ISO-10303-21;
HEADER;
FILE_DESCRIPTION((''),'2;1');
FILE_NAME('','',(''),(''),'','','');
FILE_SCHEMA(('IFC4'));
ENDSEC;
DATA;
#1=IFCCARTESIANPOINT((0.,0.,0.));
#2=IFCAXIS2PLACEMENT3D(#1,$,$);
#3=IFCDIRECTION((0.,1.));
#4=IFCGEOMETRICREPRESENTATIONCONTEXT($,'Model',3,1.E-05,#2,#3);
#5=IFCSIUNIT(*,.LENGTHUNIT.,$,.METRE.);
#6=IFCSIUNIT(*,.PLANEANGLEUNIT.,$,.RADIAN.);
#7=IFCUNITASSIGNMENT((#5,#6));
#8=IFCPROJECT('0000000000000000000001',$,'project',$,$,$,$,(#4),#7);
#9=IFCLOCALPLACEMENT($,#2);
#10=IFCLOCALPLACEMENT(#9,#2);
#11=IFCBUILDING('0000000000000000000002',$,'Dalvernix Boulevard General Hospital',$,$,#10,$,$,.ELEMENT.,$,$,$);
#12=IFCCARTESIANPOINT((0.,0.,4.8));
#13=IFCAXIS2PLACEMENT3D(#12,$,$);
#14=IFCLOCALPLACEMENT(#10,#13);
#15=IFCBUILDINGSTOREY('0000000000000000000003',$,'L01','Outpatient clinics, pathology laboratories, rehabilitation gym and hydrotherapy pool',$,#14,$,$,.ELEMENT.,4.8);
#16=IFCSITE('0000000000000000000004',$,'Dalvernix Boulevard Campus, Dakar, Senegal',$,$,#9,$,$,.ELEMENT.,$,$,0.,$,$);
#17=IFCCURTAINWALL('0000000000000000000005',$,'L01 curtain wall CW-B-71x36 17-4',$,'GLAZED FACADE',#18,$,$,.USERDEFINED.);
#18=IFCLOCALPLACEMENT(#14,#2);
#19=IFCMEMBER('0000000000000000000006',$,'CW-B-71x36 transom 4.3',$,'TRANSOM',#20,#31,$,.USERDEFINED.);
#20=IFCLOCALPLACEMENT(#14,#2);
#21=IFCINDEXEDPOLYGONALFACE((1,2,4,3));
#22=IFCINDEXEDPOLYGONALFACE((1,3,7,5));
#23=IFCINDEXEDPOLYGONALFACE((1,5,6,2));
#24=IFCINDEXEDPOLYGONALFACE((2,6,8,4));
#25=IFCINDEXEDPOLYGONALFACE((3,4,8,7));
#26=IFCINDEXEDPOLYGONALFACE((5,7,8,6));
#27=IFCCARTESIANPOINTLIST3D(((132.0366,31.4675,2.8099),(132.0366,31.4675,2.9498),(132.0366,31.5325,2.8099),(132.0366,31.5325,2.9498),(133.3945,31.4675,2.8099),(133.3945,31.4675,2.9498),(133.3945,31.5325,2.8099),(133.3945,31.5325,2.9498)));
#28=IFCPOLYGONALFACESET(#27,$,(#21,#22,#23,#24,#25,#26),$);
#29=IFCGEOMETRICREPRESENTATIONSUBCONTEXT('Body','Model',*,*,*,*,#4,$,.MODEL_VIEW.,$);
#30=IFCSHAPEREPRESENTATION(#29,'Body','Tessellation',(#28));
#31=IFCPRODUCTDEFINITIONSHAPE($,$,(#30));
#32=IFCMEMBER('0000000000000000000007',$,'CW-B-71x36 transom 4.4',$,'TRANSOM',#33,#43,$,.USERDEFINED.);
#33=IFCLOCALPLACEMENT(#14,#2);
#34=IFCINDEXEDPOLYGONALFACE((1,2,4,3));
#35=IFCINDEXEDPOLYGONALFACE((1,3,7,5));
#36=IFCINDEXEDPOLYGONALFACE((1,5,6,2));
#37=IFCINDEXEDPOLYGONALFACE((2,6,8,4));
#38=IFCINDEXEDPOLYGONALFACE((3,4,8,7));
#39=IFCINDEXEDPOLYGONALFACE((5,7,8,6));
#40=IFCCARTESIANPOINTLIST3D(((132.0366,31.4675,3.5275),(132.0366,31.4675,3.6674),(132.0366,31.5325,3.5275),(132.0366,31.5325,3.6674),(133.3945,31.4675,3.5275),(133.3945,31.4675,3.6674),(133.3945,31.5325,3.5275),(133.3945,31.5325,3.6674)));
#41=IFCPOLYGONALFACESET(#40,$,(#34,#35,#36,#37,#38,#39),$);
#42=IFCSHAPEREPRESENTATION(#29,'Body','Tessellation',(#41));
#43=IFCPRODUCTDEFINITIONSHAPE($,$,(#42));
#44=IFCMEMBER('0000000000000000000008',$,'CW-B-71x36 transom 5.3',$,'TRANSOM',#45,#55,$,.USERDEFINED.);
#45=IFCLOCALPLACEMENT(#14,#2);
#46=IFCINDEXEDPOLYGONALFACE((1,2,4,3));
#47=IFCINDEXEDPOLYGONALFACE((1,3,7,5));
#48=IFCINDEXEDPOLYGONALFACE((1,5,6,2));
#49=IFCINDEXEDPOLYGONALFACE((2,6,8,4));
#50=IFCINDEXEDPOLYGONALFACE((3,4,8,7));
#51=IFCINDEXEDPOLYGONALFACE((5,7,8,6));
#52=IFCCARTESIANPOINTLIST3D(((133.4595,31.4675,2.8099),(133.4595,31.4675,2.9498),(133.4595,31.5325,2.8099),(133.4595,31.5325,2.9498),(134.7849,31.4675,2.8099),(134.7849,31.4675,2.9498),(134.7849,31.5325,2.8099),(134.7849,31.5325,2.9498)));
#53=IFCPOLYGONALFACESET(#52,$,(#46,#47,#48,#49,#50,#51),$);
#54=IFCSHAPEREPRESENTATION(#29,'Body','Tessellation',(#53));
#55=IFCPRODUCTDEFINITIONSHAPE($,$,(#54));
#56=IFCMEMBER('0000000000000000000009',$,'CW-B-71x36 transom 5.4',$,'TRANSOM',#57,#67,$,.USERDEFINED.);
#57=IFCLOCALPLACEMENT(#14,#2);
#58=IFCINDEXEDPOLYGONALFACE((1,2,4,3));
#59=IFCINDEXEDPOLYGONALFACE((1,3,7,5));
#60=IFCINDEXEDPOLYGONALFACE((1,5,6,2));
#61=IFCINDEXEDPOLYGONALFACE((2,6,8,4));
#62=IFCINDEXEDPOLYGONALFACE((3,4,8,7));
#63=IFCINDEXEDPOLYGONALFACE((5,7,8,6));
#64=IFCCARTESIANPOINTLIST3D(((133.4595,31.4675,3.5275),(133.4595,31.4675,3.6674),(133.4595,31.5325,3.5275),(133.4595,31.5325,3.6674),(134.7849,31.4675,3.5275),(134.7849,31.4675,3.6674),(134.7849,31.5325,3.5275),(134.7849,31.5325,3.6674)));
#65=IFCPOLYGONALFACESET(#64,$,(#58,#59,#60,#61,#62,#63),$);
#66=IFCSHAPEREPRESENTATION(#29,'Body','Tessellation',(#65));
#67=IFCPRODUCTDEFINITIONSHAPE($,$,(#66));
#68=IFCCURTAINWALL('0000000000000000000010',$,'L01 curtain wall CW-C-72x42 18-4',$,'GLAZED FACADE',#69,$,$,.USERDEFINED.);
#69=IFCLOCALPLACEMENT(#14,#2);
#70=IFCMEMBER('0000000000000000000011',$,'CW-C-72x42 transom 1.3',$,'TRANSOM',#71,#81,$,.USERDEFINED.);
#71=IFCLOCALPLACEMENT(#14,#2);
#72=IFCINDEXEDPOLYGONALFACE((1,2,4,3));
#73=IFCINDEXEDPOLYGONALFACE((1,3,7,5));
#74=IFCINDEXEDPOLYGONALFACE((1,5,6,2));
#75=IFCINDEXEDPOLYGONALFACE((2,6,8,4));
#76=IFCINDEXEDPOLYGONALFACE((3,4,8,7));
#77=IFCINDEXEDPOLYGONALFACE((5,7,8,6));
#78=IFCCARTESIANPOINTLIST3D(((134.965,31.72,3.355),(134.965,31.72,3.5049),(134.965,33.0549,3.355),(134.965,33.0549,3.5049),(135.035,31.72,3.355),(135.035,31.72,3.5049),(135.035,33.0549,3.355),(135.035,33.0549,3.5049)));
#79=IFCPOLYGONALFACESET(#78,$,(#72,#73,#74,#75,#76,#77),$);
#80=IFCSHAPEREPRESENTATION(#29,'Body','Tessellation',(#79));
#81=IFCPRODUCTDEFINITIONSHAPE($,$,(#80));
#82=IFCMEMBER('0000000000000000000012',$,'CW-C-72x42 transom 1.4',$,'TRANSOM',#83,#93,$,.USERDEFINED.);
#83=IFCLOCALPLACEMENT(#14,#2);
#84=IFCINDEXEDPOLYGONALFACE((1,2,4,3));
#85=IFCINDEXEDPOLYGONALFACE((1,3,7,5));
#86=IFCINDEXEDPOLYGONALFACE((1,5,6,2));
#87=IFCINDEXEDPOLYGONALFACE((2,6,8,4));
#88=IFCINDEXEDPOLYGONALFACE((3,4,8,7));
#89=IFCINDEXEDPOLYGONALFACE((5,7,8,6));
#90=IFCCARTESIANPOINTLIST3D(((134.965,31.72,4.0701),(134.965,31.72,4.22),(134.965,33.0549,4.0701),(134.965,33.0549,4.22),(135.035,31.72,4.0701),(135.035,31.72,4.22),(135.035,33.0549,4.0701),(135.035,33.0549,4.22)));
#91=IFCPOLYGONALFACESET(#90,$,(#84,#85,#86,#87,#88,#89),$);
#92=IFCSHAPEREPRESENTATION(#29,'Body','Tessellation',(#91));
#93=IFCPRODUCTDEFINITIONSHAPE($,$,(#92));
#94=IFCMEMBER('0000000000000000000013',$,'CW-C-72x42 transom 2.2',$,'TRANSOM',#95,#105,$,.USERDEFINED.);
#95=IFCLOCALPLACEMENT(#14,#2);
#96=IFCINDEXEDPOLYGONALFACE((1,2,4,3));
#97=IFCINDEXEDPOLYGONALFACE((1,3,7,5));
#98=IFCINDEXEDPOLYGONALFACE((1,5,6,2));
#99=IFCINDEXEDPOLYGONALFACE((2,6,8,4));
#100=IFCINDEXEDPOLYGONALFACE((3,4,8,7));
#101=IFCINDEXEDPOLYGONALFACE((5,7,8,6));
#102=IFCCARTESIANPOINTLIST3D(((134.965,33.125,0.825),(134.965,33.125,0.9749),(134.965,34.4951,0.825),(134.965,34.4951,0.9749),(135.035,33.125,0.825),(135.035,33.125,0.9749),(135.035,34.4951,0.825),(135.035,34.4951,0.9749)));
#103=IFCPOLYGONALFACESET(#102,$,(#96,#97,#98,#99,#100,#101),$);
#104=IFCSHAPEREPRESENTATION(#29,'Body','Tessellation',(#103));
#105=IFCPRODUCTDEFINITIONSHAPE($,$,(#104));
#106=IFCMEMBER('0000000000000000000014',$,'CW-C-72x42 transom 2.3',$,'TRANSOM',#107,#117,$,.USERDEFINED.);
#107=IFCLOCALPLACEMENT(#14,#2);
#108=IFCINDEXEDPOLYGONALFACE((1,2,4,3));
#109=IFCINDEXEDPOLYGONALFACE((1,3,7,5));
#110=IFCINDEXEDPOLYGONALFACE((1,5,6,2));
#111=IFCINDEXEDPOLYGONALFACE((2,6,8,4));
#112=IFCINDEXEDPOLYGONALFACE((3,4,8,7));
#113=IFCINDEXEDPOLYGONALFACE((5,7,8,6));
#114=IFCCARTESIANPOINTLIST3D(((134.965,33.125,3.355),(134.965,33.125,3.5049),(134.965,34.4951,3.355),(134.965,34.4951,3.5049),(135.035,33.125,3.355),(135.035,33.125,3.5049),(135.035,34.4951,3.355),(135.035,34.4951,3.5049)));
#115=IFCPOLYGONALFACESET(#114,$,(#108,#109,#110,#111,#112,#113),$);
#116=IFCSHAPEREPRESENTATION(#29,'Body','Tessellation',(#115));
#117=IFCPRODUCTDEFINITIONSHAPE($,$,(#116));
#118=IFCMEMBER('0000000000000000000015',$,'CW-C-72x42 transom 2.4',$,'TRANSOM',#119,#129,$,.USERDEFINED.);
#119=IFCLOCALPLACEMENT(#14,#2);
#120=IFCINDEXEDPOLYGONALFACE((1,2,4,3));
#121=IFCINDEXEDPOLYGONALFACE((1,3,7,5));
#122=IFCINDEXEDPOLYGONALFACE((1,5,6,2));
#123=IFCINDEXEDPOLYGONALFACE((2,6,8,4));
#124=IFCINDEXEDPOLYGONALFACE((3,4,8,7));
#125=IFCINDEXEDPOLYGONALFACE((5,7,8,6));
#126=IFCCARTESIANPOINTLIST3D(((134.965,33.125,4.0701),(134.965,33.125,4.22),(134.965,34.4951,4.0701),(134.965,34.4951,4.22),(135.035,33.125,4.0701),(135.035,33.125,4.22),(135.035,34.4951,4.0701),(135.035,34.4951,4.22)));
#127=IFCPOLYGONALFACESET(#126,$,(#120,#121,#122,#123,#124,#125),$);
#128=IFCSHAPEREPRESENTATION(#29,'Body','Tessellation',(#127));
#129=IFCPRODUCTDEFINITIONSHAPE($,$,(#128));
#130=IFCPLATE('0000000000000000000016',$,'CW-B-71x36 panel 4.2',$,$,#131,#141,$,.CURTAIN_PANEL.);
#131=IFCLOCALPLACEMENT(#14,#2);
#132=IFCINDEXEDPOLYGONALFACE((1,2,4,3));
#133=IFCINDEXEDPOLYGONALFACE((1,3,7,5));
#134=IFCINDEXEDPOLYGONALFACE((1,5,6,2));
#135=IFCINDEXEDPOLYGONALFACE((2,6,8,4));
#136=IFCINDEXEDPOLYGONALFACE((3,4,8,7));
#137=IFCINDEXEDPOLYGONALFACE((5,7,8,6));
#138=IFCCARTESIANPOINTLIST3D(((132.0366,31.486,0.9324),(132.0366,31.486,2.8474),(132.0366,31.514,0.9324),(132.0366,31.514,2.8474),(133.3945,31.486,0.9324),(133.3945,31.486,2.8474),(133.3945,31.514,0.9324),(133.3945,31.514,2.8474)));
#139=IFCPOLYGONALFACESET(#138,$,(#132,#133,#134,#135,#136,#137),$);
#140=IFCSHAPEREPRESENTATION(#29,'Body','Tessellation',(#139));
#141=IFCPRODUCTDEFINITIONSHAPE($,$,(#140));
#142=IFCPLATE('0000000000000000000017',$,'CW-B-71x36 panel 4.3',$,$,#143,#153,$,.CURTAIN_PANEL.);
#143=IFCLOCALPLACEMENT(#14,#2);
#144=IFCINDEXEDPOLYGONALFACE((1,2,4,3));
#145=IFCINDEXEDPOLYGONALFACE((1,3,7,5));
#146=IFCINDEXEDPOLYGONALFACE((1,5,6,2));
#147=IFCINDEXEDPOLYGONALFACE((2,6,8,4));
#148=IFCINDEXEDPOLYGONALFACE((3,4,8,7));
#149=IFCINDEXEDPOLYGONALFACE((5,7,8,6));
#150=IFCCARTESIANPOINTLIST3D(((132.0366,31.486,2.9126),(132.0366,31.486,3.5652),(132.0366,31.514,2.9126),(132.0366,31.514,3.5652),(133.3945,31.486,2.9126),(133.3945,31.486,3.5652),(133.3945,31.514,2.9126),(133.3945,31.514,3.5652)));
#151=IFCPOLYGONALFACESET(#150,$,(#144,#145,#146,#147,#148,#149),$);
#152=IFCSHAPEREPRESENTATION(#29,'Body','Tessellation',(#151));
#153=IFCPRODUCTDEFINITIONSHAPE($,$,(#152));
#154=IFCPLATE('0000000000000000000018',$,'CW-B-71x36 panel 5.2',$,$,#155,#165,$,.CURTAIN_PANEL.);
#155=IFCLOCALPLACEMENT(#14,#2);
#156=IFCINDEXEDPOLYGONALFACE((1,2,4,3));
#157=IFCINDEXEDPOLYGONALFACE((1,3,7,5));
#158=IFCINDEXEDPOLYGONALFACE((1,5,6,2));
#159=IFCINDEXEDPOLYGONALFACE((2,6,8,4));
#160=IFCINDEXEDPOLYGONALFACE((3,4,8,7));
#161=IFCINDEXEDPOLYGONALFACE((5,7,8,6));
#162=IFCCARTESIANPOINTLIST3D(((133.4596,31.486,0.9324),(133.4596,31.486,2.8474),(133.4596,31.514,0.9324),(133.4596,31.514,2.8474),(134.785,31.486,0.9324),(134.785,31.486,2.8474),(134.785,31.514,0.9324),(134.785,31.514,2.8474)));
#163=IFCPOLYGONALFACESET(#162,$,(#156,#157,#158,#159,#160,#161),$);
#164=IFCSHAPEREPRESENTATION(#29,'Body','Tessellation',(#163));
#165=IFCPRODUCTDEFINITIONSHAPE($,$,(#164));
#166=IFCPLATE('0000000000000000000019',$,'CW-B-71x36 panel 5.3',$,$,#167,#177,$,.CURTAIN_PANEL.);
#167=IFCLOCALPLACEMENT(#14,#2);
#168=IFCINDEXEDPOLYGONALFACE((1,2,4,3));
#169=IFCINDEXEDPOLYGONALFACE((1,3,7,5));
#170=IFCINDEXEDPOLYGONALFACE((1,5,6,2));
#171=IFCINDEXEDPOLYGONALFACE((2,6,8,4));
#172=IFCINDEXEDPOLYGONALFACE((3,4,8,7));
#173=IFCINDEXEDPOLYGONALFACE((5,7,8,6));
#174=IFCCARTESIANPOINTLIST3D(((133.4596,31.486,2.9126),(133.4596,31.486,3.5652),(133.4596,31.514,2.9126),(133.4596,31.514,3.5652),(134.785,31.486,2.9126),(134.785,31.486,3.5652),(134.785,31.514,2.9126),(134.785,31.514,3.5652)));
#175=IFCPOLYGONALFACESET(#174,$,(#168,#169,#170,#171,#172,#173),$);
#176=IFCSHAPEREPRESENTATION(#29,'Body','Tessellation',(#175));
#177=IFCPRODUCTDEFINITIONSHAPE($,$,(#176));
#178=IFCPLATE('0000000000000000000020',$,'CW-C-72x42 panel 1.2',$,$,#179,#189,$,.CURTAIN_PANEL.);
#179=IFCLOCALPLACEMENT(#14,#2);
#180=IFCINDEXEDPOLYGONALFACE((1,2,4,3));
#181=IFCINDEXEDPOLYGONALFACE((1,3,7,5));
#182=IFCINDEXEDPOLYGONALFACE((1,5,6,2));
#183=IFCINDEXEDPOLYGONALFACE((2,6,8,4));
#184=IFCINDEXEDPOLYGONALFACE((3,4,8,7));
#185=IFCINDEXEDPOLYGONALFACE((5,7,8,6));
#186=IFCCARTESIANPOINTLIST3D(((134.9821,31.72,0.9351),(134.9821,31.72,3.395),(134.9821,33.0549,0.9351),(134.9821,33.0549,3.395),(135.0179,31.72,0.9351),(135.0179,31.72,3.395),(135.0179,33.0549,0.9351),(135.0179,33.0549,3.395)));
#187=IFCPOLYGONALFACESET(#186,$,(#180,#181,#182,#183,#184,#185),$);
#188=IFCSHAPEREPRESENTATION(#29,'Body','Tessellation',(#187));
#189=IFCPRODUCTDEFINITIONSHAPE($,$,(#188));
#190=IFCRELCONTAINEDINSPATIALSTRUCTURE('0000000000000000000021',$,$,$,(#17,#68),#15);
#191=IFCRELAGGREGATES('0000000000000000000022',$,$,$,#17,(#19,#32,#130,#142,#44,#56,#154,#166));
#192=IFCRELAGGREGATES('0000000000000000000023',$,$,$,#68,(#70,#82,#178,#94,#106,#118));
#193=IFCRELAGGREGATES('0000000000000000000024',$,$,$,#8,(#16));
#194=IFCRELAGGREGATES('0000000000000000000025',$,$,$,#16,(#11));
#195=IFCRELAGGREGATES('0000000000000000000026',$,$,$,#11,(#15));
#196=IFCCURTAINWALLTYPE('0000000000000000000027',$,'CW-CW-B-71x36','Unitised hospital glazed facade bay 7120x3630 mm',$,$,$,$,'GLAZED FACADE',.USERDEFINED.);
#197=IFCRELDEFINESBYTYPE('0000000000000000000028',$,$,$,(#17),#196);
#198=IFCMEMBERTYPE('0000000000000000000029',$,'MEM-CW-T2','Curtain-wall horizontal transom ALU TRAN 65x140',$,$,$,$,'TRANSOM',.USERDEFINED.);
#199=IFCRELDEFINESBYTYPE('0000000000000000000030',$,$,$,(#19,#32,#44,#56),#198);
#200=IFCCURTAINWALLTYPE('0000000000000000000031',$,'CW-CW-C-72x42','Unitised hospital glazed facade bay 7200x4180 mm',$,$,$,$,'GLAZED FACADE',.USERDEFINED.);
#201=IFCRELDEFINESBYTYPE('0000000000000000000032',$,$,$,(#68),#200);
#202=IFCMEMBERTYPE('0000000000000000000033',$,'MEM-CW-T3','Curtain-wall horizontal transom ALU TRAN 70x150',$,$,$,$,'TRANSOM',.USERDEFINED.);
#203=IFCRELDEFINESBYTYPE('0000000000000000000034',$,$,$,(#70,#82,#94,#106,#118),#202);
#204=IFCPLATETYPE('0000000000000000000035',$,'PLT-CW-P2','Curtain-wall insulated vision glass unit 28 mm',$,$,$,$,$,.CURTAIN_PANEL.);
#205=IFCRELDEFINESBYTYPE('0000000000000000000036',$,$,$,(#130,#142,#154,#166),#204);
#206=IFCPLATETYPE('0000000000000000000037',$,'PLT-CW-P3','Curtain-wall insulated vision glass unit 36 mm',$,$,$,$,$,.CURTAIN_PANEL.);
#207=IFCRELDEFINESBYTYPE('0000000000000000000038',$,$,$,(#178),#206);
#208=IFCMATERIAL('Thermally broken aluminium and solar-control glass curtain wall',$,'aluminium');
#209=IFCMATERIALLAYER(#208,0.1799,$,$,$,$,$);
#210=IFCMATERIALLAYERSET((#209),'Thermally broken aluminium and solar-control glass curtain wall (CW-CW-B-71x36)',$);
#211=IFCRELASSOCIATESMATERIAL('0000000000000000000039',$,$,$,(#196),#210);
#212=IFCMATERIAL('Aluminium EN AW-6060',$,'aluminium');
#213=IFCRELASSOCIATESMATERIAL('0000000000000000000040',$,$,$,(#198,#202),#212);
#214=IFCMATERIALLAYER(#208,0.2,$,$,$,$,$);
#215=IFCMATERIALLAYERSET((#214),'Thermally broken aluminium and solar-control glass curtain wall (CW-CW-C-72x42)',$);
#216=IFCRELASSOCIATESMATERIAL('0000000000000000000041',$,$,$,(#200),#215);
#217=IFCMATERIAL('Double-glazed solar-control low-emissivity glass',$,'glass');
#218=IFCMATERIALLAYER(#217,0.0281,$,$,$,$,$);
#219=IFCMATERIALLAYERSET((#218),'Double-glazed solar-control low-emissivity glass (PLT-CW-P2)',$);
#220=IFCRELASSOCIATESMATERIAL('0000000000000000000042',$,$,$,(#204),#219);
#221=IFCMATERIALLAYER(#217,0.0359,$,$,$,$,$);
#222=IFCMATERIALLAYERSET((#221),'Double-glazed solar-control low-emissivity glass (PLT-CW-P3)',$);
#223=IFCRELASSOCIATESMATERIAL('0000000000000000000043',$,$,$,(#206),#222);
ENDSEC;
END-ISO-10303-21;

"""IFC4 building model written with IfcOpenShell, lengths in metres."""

from ifc_helpers import new_model, si_unit, direction, frame, origin, origin_2d, place, context, subcontext, project, spatial, rectangle, extrude, material, layer, layer_set, material_profile, profile_set, type_object, element, aggregate, save


model = new_model("IFC4")

# Units and contexts
model_context = context("Model", 3, precision=1e-05, world=origin(), true_north=direction((0.0, 1.0)))
body_context = subcontext(model_context, "Body", "Model", "MODEL_VIEW")
ifc_project = project(units=[si_unit("LENGTHUNIT", "METRE"), si_unit("PLANEANGLEUNIT", "RADIAN")], contexts=[model_context])

# Site, building, storey
site_placement = place(None, origin())
site = spatial("IfcSite", under=ifc_project, at=site_placement, Name="Dalvernix Boulevard Campus, Dakar, Senegal", CompositionType="ELEMENT", RefElevation=0.0)
building_placement = place(site_placement, origin())
building = spatial("IfcBuilding", under=site, at=building_placement, Name="Dalvernix Boulevard General Hospital", CompositionType="ELEMENT")
storey_placement = place(building_placement, frame((0.0, 0.0, 4.8)))
storey = spatial("IfcBuildingStorey", under=building, at=storey_placement, Name="L01", Description="Outpatient clinics, pathology laboratories, rehabilitation gym and hydrotherapy pool", CompositionType="ELEMENT", Elevation=4.8)

# Curtain walls, members
ifc_material_1 = material(Name="Thermally broken aluminium and solar-control glass curtain wall", Category="aluminium")
ifc_layer_1 = layer(ifc_material_1, 0.1799)
ifc_layer_set_1 = layer_set([ifc_layer_1], Name="Thermally broken aluminium and solar-control glass curtain wall (CW-CW-B-71x36)")
curtain_wall_type_1 = type_object("IfcCurtainWallType", Name="CW-CW-B-71x36", Description="Unitised hospital glazed facade bay 7120x3630 mm", ElementType="GLAZED FACADE", PredefinedType="USERDEFINED", material=ifc_layer_set_1)
curtain_wall_1_placement = place(storey_placement, origin())
curtain_wall_1 = element("IfcCurtainWall", 1, at=curtain_wall_1_placement, inside=storey, type_object=curtain_wall_type_1, Name="L01 curtain wall CW-B-71x36 17-4", ObjectType="GLAZED FACADE", PredefinedType="USERDEFINED")
ifc_material_2 = material(Name="Aluminium EN AW-6060", Category="aluminium")
ifc_material_profile_1 = material_profile(ifc_material_2, rectangle(XDim=0.0649, YDim=0.1399, at=origin_2d()), Name="ALU TRAN 65x140")
ifc_profile_set_1 = profile_set([ifc_material_profile_1], Name="Aluminium EN AW-6060")
member_type_1 = type_object("IfcMemberType", Name="MEM-CW-T2", Description="Curtain-wall horizontal transom ALU TRAN 65x140", ElementType="TRANSOM", PredefinedType="USERDEFINED", material=ifc_profile_set_1)
member_1_placement = place(storey_placement, frame((132.0366, 31.5, 2.8799), z_axis=(1.0, 0.0, 0.0), x_axis=(0.0, 1.0, 0.0)))
member_1 = element("IfcMember", 2, at=member_1_placement, type_object=member_type_1, Name="CW-B-71x36 transom 4.3", ObjectType="TRANSOM", PredefinedType="USERDEFINED", context=body_context, shape_type="SweptSolid", body=[
    extrude(rectangle(XDim=0.0649, YDim=0.1399, at=origin_2d()), origin(), (0.0, 0.0, 1.0), 1.3579),
])
member_2_placement = place(storey_placement, frame((132.0366, 31.5, 3.5974), z_axis=(1.0, 0.0, 0.0), x_axis=(0.0, 1.0, 0.0)))
member_2 = element("IfcMember", 3, at=member_2_placement, type_object=member_type_1, Name="CW-B-71x36 transom 4.4", ObjectType="TRANSOM", PredefinedType="USERDEFINED", context=body_context, shape_type="SweptSolid", body=[
    extrude(rectangle(XDim=0.0649, YDim=0.1399, at=origin_2d()), origin(), (0.0, 0.0, 1.0), 1.3579),
])
member_3_placement = place(storey_placement, frame((133.4595, 31.5, 2.8799), z_axis=(1.0, 0.0, 0.0), x_axis=(0.0, 1.0, 0.0)))
member_3 = element("IfcMember", 4, at=member_3_placement, type_object=member_type_1, Name="CW-B-71x36 transom 5.3", ObjectType="TRANSOM", PredefinedType="USERDEFINED", context=body_context, shape_type="SweptSolid", body=[
    extrude(rectangle(XDim=0.0649, YDim=0.1399, at=origin_2d()), origin(), (0.0, 0.0, 1.0), 1.3254),
])
member_4_placement = place(storey_placement, frame((133.4595, 31.5, 3.5974), z_axis=(1.0, 0.0, 0.0), x_axis=(0.0, 1.0, 0.0)))
member_4 = element("IfcMember", 5, at=member_4_placement, type_object=member_type_1, Name="CW-B-71x36 transom 5.4", ObjectType="TRANSOM", PredefinedType="USERDEFINED", context=body_context, shape_type="SweptSolid", body=[
    extrude(rectangle(XDim=0.0649, YDim=0.1399, at=origin_2d()), origin(), (0.0, 0.0, 1.0), 1.3254),
])
ifc_layer_2 = layer(ifc_material_1, 0.2)
ifc_layer_set_2 = layer_set([ifc_layer_2], Name="Thermally broken aluminium and solar-control glass curtain wall (CW-CW-C-72x42)")
curtain_wall_type_2 = type_object("IfcCurtainWallType", Name="CW-CW-C-72x42", Description="Unitised hospital glazed facade bay 7200x4180 mm", ElementType="GLAZED FACADE", PredefinedType="USERDEFINED", material=ifc_layer_set_2)
curtain_wall_2_placement = place(storey_placement, origin())
curtain_wall_2 = element("IfcCurtainWall", 6, at=curtain_wall_2_placement, inside=storey, type_object=curtain_wall_type_2, Name="L01 curtain wall CW-C-72x42 18-4", ObjectType="GLAZED FACADE", PredefinedType="USERDEFINED")
ifc_material_profile_2 = material_profile(ifc_material_2, rectangle(XDim=0.0701, YDim=0.1499, at=origin_2d()), Name="ALU TRAN 70x150")
ifc_profile_set_2 = profile_set([ifc_material_profile_2], Name="Aluminium EN AW-6060")
member_type_2 = type_object("IfcMemberType", Name="MEM-CW-T3", Description="Curtain-wall horizontal transom ALU TRAN 70x150", ElementType="TRANSOM", PredefinedType="USERDEFINED", material=ifc_profile_set_2)
member_5_placement = place(storey_placement, frame((135.0, 31.72, 3.4299), z_axis=(0.0, 1.0, 0.0), x_axis=(-1.0, 0.0, 0.0)))
member_5 = element("IfcMember", 7, at=member_5_placement, type_object=member_type_2, Name="CW-C-72x42 transom 1.3", ObjectType="TRANSOM", PredefinedType="USERDEFINED", context=body_context, shape_type="SweptSolid", body=[
    extrude(rectangle(XDim=0.0701, YDim=0.1499, at=origin_2d()), origin(), (0.0, 0.0, 1.0), 1.335),
])
member_6_placement = place(storey_placement, frame((135.0, 31.72, 4.145), z_axis=(0.0, 1.0, 0.0), x_axis=(-1.0, 0.0, 0.0)))
member_6 = element("IfcMember", 8, at=member_6_placement, type_object=member_type_2, Name="CW-C-72x42 transom 1.4", ObjectType="TRANSOM", PredefinedType="USERDEFINED", context=body_context, shape_type="SweptSolid", body=[
    extrude(rectangle(XDim=0.0701, YDim=0.1499, at=origin_2d()), origin(), (0.0, 0.0, 1.0), 1.335),
])
member_7_placement = place(storey_placement, frame((135.0, 33.125, 0.8999), z_axis=(0.0, 1.0, 0.0), x_axis=(-1.0, 0.0, 0.0)))
member_7 = element("IfcMember", 9, at=member_7_placement, type_object=member_type_2, Name="CW-C-72x42 transom 2.2", ObjectType="TRANSOM", PredefinedType="USERDEFINED", context=body_context, shape_type="SweptSolid", body=[
    extrude(rectangle(XDim=0.0701, YDim=0.1499, at=origin_2d()), origin(), (0.0, 0.0, 1.0), 1.3701),
])
member_8_placement = place(storey_placement, frame((135.0, 33.125, 3.4299), z_axis=(0.0, 1.0, 0.0), x_axis=(-1.0, 0.0, 0.0)))
member_8 = element("IfcMember", 10, at=member_8_placement, type_object=member_type_2, Name="CW-C-72x42 transom 2.3", ObjectType="TRANSOM", PredefinedType="USERDEFINED", context=body_context, shape_type="SweptSolid", body=[
    extrude(rectangle(XDim=0.0701, YDim=0.1499, at=origin_2d()), origin(), (0.0, 0.0, 1.0), 1.3701),
])
member_9_placement = place(storey_placement, frame((135.0, 33.125, 4.145), z_axis=(0.0, 1.0, 0.0), x_axis=(-1.0, 0.0, 0.0)))
member_9 = element("IfcMember", 11, at=member_9_placement, type_object=member_type_2, Name="CW-C-72x42 transom 2.4", ObjectType="TRANSOM", PredefinedType="USERDEFINED", context=body_context, shape_type="SweptSolid", body=[
    extrude(rectangle(XDim=0.0701, YDim=0.1499, at=origin_2d()), origin(), (0.0, 0.0, 1.0), 1.3701),
])

# Plates
ifc_material_3 = material(Name="Double-glazed solar-control low-emissivity glass", Category="glass")
ifc_layer_3 = layer(ifc_material_3, 0.0281)
ifc_layer_set_3 = layer_set([ifc_layer_3], Name="Double-glazed solar-control low-emissivity glass (PLT-CW-P2)")
plate_type_1 = type_object("IfcPlateType", Name="PLT-CW-P2", Description="Curtain-wall insulated vision glass unit 28 mm", PredefinedType="CURTAIN_PANEL", material=ifc_layer_set_3)
plate_1_placement = place(storey_placement, frame((132.7156, 31.5, 0.9324), z_axis=(0.0, 0.0, 1.0), x_axis=(1.0, 0.0, 0.0)))
plate_1 = element("IfcPlate", 12, at=plate_1_placement, type_object=plate_type_1, Name="CW-B-71x36 panel 4.2", PredefinedType="CURTAIN_PANEL", context=body_context, shape_type="SweptSolid", body=[
    extrude(rectangle(XDim=1.3579, YDim=0.0281, at=origin_2d()), origin(), (0.0, 0.0, 1.0), 1.915),
])
plate_2_placement = place(storey_placement, frame((132.7156, 31.5, 2.9126), z_axis=(0.0, 0.0, 1.0), x_axis=(1.0, 0.0, 0.0)))
plate_2 = element("IfcPlate", 13, at=plate_2_placement, type_object=plate_type_1, Name="CW-B-71x36 panel 4.3", PredefinedType="CURTAIN_PANEL", context=body_context, shape_type="SweptSolid", body=[
    extrude(rectangle(XDim=1.3579, YDim=0.0281, at=origin_2d()), origin(), (0.0, 0.0, 1.0), 0.6526),
])
plate_3_placement = place(storey_placement, frame((134.1223, 31.5, 0.9324), z_axis=(0.0, 0.0, 1.0), x_axis=(1.0, 0.0, 0.0)))
plate_3 = element("IfcPlate", 14, at=plate_3_placement, type_object=plate_type_1, Name="CW-B-71x36 panel 5.2", PredefinedType="CURTAIN_PANEL", context=body_context, shape_type="SweptSolid", body=[
    extrude(rectangle(XDim=1.3254, YDim=0.0281, at=origin_2d()), origin(), (0.0, 0.0, 1.0), 1.915),
])
plate_4_placement = place(storey_placement, frame((134.1223, 31.5, 2.9126), z_axis=(0.0, 0.0, 1.0), x_axis=(1.0, 0.0, 0.0)))
plate_4 = element("IfcPlate", 15, at=plate_4_placement, type_object=plate_type_1, Name="CW-B-71x36 panel 5.3", PredefinedType="CURTAIN_PANEL", context=body_context, shape_type="SweptSolid", body=[
    extrude(rectangle(XDim=1.3254, YDim=0.0281, at=origin_2d()), origin(), (0.0, 0.0, 1.0), 0.6526),
])
aggregate(curtain_wall_1, [member_1, member_2, plate_1, plate_2, member_3, member_4, plate_3, plate_4])
ifc_layer_4 = layer(ifc_material_3, 0.0359)
ifc_layer_set_4 = layer_set([ifc_layer_4], Name="Double-glazed solar-control low-emissivity glass (PLT-CW-P3)")
plate_type_2 = type_object("IfcPlateType", Name="PLT-CW-P3", Description="Curtain-wall insulated vision glass unit 36 mm", PredefinedType="CURTAIN_PANEL", material=ifc_layer_set_4)
plate_5_placement = place(storey_placement, frame((135.0, 32.3875, 0.9351), z_axis=(0.0, 0.0, 1.0), x_axis=(0.0, 1.0, 0.0)))
plate_5 = element("IfcPlate", 16, at=plate_5_placement, type_object=plate_type_2, Name="CW-C-72x42 panel 1.2", PredefinedType="CURTAIN_PANEL", context=body_context, shape_type="SweptSolid", body=[
    extrude(rectangle(XDim=1.335, YDim=0.0359, at=origin_2d()), origin(), (0.0, 0.0, 1.0), 2.46),
])
aggregate(curtain_wall_2, [member_5, member_6, plate_5, member_7, member_8, member_9])

save(model, "model.ifc")
